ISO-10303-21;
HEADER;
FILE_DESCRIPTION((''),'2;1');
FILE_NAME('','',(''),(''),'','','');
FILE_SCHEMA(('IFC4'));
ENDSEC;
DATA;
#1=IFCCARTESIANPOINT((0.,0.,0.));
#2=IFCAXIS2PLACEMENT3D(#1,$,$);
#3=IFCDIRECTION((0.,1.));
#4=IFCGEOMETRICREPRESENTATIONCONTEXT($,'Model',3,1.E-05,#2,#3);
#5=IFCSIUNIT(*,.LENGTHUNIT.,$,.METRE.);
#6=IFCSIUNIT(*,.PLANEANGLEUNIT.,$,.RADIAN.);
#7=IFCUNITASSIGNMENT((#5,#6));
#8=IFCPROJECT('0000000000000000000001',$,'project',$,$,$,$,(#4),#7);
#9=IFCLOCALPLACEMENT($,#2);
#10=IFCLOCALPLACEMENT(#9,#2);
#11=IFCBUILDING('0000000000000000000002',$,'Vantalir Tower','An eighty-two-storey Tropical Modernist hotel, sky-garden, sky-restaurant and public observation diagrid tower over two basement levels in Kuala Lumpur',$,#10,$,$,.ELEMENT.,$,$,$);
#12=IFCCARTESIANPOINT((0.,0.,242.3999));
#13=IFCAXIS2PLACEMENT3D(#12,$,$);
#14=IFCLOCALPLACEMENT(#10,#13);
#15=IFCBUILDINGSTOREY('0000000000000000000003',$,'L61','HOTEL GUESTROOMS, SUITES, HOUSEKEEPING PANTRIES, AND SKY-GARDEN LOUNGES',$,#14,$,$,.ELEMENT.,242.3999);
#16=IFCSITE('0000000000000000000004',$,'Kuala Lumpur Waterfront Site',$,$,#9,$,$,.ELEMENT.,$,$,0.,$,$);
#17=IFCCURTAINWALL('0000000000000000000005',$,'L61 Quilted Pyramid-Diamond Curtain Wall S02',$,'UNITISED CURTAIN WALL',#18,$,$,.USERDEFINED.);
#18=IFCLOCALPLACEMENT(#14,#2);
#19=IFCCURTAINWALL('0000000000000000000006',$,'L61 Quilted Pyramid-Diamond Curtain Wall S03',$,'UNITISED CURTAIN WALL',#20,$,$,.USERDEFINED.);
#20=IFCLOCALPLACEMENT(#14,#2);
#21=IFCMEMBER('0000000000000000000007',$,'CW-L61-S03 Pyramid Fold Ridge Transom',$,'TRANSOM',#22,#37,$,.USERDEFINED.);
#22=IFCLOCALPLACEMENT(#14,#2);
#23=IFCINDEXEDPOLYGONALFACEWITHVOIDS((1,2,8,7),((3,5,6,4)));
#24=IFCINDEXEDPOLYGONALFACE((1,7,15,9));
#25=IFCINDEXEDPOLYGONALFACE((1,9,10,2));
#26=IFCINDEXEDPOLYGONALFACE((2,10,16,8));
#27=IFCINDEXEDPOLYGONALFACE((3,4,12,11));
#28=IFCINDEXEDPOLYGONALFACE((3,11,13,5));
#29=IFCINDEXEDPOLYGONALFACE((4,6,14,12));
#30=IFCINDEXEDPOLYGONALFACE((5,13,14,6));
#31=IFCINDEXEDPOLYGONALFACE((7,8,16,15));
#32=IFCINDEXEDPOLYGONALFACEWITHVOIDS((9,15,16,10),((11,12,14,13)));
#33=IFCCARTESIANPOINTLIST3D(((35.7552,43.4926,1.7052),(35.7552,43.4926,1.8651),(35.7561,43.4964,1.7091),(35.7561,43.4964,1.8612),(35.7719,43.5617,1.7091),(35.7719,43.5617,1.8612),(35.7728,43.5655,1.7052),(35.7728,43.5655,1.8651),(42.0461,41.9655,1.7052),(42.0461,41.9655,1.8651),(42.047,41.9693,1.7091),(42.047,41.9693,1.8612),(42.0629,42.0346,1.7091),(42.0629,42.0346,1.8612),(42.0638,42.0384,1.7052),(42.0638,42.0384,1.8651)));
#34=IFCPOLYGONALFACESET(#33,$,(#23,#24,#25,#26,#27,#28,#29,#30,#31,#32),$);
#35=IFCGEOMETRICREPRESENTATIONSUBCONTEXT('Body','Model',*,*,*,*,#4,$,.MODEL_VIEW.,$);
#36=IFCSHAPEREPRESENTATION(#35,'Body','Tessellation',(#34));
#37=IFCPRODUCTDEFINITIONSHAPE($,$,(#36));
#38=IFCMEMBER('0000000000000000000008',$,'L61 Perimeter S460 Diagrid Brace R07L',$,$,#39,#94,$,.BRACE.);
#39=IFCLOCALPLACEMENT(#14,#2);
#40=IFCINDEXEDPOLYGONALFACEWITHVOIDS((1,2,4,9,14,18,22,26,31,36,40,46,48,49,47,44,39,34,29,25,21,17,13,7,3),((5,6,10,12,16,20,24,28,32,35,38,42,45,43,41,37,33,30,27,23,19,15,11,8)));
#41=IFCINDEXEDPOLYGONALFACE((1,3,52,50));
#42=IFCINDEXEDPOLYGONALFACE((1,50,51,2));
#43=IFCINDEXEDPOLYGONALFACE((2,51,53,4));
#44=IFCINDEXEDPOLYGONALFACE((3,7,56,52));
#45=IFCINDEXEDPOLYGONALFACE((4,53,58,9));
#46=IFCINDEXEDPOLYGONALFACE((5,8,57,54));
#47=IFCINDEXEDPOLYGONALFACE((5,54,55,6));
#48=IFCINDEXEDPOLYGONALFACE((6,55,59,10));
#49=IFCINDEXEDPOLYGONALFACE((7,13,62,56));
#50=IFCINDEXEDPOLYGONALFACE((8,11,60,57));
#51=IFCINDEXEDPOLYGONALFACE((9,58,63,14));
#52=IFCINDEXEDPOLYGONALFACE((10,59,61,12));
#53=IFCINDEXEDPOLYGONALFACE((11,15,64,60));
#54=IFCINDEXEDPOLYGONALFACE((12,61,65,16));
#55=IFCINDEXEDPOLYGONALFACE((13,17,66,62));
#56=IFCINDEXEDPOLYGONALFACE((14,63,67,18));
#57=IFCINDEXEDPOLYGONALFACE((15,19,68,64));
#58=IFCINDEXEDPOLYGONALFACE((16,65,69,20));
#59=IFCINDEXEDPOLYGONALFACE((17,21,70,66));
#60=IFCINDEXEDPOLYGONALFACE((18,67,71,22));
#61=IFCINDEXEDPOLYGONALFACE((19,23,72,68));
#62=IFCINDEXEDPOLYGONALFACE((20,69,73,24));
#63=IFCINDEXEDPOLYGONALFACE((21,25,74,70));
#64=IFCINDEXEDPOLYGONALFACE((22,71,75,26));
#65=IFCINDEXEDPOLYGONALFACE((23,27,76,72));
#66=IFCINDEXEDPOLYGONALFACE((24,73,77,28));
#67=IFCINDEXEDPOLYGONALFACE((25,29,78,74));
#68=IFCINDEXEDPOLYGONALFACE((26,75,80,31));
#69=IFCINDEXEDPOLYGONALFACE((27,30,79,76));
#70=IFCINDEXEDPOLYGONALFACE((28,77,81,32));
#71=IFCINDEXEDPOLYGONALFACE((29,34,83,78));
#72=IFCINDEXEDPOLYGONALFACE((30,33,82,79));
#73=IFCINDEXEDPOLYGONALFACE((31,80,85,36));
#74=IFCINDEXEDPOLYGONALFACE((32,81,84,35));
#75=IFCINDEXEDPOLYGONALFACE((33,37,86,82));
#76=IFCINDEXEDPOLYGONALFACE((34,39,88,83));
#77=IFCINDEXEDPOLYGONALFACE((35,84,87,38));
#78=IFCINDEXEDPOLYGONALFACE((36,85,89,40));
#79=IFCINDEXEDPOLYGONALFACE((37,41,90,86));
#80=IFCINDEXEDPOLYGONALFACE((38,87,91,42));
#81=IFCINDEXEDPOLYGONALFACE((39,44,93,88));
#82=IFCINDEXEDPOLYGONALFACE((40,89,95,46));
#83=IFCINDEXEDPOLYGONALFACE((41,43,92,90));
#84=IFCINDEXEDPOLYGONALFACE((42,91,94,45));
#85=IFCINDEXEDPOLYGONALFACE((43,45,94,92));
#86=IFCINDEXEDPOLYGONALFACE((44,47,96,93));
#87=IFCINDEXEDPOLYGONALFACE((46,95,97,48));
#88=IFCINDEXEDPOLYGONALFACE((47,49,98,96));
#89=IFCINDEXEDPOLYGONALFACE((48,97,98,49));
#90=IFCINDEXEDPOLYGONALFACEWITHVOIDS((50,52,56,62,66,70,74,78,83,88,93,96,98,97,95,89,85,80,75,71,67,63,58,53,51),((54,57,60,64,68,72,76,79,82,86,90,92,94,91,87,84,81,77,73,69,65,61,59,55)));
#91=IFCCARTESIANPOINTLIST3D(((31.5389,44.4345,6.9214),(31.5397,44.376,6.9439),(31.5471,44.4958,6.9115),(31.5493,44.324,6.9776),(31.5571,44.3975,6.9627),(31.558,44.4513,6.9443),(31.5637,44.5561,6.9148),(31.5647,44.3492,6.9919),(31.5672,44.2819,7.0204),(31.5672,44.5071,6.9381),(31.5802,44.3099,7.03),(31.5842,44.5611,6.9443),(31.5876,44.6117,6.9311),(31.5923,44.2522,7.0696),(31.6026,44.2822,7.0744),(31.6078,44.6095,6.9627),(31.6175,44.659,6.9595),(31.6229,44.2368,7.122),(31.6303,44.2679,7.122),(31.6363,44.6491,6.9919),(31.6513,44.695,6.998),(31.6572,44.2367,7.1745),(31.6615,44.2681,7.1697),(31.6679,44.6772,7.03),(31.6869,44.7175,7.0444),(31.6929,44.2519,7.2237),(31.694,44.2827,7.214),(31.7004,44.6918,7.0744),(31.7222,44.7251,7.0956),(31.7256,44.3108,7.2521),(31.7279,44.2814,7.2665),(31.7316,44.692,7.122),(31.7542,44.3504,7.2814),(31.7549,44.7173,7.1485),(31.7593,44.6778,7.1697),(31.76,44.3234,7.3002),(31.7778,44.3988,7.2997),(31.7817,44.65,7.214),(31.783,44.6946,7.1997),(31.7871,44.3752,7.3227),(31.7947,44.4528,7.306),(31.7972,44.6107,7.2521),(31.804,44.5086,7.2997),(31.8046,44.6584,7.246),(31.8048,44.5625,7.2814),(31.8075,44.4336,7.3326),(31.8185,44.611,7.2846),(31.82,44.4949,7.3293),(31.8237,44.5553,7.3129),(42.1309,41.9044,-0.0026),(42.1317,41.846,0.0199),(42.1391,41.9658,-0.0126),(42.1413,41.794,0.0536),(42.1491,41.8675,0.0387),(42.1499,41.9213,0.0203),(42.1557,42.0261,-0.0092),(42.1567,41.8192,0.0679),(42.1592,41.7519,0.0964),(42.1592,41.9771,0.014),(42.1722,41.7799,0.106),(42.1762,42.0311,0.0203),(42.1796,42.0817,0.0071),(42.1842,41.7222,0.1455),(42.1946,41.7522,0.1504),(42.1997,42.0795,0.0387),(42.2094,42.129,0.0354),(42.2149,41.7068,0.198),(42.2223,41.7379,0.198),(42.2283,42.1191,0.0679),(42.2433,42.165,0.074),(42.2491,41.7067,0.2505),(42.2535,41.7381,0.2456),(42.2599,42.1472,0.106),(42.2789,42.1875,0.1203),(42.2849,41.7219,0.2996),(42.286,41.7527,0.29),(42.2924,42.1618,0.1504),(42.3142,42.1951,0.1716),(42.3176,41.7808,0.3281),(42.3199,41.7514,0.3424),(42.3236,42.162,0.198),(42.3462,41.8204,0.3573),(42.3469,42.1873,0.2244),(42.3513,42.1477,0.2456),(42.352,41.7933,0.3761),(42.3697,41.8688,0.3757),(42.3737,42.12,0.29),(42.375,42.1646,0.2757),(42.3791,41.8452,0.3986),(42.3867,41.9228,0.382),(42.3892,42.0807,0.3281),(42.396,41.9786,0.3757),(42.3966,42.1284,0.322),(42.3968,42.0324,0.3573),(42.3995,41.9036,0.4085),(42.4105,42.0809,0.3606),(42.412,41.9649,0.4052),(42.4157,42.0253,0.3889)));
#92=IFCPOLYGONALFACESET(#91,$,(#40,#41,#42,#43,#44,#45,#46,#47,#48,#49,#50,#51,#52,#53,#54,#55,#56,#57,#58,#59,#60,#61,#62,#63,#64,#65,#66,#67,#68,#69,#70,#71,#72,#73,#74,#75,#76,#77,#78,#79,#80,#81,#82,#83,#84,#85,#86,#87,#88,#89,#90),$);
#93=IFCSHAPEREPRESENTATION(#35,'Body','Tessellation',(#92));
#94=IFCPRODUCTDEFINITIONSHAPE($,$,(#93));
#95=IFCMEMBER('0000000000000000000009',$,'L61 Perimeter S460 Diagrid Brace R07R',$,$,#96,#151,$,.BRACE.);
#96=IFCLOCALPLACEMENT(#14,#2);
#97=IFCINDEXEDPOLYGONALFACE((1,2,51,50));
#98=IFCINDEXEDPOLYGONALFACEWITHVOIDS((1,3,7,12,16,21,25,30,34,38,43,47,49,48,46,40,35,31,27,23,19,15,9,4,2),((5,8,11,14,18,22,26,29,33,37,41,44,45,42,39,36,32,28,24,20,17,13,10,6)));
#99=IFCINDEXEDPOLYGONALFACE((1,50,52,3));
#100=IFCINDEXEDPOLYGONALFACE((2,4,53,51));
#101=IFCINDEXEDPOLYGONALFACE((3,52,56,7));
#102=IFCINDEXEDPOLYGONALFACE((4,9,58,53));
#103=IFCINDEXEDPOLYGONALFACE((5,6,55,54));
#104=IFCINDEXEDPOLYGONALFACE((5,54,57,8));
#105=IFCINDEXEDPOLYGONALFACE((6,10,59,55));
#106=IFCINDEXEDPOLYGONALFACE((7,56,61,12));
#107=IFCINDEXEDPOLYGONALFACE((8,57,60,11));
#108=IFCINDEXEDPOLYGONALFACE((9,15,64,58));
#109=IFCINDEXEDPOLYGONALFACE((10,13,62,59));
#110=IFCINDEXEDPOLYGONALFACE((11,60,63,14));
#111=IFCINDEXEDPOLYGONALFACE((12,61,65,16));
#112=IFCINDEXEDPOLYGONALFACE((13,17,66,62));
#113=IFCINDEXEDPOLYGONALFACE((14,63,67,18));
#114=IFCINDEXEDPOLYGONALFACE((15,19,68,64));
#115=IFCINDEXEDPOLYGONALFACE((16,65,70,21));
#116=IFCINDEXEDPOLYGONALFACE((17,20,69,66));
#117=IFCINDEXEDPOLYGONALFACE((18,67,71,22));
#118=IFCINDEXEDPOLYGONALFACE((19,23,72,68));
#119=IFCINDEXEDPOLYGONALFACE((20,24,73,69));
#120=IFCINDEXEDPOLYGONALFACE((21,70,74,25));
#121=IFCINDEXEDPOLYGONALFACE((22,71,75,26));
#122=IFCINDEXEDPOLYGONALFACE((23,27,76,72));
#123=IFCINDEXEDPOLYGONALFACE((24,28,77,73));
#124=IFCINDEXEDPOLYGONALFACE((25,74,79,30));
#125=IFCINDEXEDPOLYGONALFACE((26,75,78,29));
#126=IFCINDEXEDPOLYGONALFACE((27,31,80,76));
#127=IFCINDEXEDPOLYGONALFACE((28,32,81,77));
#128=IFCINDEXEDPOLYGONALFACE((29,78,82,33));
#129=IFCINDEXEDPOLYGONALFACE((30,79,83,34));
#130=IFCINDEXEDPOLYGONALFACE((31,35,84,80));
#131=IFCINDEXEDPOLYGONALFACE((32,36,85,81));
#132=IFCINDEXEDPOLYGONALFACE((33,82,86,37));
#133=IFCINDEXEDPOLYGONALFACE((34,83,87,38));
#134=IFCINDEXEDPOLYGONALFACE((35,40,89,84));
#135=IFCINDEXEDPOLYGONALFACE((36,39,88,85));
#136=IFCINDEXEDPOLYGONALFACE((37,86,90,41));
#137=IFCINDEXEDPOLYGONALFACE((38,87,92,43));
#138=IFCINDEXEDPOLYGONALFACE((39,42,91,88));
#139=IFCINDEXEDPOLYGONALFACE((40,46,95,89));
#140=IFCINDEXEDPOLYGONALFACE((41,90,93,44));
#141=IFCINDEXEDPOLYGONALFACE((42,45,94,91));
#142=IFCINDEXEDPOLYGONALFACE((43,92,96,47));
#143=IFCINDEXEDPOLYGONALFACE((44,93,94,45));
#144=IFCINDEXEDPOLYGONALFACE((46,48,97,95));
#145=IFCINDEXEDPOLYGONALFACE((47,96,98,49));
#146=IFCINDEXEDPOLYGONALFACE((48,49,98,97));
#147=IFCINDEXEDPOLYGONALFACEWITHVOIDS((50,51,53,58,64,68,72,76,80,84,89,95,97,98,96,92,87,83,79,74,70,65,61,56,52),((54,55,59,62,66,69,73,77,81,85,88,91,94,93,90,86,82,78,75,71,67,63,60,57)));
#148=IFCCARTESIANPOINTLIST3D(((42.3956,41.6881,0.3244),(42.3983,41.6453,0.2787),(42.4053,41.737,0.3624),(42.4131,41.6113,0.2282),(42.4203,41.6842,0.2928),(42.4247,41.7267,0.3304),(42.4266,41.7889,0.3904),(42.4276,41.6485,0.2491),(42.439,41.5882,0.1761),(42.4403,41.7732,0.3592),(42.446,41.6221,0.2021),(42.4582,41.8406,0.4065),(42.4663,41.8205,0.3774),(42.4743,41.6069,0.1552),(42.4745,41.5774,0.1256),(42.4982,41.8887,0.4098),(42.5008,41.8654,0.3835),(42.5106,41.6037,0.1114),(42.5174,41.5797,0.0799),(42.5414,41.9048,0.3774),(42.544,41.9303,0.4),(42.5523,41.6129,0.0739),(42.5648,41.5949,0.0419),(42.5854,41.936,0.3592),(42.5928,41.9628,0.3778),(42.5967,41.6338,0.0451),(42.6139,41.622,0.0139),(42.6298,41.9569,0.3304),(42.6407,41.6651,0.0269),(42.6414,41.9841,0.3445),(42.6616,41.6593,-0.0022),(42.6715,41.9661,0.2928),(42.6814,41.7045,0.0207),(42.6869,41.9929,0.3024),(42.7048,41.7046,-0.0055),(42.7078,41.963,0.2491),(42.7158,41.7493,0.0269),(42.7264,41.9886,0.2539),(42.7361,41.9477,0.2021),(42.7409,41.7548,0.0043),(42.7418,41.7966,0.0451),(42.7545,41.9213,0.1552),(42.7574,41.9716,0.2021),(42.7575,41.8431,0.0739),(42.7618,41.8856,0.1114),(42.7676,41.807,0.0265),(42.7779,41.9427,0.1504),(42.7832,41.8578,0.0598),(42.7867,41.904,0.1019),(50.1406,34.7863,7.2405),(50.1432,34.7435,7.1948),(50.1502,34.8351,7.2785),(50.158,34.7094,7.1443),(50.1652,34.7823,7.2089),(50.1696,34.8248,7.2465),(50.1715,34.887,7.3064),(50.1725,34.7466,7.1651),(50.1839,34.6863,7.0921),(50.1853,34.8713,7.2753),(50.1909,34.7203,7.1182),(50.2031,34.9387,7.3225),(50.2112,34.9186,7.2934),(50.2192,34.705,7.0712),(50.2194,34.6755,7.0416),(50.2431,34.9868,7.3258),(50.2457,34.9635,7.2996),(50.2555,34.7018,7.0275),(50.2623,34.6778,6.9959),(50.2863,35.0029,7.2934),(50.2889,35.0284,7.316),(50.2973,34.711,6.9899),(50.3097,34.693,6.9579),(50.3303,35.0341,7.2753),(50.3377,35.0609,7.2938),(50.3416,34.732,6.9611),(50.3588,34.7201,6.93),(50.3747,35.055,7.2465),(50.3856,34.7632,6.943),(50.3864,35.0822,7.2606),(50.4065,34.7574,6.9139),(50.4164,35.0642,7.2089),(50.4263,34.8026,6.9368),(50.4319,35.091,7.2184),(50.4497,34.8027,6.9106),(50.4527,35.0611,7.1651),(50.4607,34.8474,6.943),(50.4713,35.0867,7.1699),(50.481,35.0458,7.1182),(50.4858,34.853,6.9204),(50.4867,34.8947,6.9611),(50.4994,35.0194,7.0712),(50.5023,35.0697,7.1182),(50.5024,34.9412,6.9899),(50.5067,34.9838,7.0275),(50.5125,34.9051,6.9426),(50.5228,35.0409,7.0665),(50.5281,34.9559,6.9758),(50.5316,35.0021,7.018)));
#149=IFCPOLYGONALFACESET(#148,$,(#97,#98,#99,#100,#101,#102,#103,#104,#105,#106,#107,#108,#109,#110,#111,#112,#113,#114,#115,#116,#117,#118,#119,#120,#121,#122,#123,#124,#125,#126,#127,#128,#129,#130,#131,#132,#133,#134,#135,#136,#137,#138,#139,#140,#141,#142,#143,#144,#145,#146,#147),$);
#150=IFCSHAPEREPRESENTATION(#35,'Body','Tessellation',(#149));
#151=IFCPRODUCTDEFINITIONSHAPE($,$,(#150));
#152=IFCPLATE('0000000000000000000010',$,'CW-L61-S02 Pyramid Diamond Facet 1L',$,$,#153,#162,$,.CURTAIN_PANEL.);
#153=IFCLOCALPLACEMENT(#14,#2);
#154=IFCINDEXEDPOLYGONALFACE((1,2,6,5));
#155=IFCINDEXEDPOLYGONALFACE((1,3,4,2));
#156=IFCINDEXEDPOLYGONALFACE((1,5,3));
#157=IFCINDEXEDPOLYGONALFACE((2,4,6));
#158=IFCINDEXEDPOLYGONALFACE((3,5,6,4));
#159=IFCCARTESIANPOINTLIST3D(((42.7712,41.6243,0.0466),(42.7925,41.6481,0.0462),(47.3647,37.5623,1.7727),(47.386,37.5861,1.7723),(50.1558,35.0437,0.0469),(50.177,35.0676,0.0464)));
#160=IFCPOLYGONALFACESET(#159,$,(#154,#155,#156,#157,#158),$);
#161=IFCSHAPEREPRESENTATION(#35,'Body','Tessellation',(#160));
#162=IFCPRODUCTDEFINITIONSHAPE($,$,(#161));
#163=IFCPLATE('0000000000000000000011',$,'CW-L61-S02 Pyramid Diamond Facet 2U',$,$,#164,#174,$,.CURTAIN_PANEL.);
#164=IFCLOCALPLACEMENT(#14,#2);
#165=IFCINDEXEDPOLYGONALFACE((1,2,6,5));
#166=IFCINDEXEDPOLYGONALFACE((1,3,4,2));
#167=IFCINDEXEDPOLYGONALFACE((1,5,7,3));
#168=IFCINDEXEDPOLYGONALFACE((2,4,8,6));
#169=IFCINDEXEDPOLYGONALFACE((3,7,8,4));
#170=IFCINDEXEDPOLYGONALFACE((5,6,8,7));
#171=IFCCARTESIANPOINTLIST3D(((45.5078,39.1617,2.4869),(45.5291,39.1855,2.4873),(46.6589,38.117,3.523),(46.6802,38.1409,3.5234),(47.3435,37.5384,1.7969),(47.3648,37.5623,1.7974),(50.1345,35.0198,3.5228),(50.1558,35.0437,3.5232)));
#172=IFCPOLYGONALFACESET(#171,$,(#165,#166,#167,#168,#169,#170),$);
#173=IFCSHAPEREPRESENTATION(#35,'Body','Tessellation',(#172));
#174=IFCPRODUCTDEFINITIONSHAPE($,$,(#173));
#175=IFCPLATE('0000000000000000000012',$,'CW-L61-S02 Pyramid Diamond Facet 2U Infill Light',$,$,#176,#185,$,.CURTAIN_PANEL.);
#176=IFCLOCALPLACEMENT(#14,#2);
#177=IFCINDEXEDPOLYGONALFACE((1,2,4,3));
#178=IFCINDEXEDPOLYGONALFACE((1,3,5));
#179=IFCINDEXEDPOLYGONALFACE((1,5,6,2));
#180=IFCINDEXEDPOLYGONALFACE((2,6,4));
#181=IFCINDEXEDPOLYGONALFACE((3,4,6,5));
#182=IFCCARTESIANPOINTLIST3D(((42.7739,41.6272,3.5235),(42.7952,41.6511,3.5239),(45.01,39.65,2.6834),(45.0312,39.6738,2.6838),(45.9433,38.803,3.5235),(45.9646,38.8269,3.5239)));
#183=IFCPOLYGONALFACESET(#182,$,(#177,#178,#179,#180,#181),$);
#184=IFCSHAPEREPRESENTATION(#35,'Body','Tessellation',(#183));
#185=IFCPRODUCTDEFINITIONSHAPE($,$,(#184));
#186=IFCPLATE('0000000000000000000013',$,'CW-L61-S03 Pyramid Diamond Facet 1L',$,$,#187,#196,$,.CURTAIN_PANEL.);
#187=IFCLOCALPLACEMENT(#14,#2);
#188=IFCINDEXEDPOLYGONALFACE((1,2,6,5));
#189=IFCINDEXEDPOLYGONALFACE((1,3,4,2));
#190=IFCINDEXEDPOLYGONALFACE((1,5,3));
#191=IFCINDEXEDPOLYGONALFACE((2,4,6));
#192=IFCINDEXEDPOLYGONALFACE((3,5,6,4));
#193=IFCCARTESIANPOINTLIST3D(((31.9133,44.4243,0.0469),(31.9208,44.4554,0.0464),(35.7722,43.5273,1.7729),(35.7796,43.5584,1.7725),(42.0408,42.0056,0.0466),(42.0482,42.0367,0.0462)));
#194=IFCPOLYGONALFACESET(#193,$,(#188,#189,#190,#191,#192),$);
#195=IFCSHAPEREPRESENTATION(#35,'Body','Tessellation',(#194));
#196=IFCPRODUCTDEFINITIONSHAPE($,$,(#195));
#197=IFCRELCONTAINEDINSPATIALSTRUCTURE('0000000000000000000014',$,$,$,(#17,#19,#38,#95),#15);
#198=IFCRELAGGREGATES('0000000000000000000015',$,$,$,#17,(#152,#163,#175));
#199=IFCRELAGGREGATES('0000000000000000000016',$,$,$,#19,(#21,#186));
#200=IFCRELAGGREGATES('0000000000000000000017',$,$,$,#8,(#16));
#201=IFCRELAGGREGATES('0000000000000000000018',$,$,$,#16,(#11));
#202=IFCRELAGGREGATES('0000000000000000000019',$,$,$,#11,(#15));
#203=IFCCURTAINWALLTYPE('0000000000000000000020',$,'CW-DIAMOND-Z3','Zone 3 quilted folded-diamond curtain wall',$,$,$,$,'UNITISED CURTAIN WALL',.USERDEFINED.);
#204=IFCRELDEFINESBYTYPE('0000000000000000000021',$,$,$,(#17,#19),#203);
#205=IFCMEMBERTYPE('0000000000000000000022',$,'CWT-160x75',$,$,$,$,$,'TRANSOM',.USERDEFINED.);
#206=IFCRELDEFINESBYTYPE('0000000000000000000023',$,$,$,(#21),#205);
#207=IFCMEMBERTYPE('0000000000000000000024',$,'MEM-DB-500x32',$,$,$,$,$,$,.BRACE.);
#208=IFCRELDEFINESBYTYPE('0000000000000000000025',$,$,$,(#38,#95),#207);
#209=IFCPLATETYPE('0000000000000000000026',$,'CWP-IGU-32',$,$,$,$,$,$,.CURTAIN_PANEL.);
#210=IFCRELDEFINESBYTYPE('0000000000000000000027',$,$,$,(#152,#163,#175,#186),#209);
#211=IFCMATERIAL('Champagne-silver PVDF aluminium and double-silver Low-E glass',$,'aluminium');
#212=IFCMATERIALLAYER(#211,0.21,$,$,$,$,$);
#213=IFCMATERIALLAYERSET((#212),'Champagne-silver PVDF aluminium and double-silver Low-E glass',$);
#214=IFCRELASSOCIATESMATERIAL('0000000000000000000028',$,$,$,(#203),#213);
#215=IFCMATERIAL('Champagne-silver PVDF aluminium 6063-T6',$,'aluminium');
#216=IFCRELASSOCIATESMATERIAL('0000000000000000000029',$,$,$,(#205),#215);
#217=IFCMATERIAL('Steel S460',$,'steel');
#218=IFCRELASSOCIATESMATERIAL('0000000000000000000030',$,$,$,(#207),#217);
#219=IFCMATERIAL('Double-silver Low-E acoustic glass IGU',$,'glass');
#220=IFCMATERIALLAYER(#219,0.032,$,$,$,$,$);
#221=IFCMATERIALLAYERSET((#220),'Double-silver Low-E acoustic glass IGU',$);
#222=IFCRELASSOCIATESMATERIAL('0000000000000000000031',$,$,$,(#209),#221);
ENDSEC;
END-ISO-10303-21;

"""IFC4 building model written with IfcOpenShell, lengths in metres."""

from ifc_helpers import new_model, si_unit, direction, frame, origin, origin_2d, place, context, subcontext, project, spatial, polyline, hollow_rectangle, hollow_circle, outline, extrude, material, layer, layer_set, material_profile, profile_set, type_object, element, aggregate, save


model = new_model("IFC4")

# Units and contexts
model_context = context("Model", 3, precision=1e-05, world=origin(), true_north=direction((0.0, 1.0)))
body_context = subcontext(model_context, "Body", "Model", "MODEL_VIEW")
ifc_project = project(units=[si_unit("LENGTHUNIT", "METRE"), si_unit("PLANEANGLEUNIT", "RADIAN")], contexts=[model_context])

# Site, building, storey
site_placement = place(None, origin())
site = spatial("IfcSite", under=ifc_project, at=site_placement, Name="Kuala Lumpur Waterfront Site", CompositionType="ELEMENT", RefElevation=0.0)
building_placement = place(site_placement, origin())
building = spatial("IfcBuilding", under=site, at=building_placement, Name="Vantalir Tower", Description="An eighty-two-storey Tropical Modernist hotel, sky-garden, sky-restaurant and public observation diagrid tower over two basement levels in Kuala Lumpur", CompositionType="ELEMENT")
storey_placement = place(building_placement, frame((0.0, 0.0, 242.3999)))
storey = spatial("IfcBuildingStorey", under=building, at=storey_placement, Name="L61", Description="HOTEL GUESTROOMS, SUITES, HOUSEKEEPING PANTRIES, AND SKY-GARDEN LOUNGES", CompositionType="ELEMENT", Elevation=242.3999)

# Shared definitions
ifc_material_1 = material(Name="Steel S460", Category="steel")

# Curtain wall
ifc_material_2 = material(Name="Champagne-silver PVDF aluminium and double-silver Low-E glass", Category="aluminium")
ifc_layer_1 = layer(ifc_material_2, 0.21)
ifc_layer_set_1 = layer_set([ifc_layer_1], Name="Champagne-silver PVDF aluminium and double-silver Low-E glass")
curtain_wall_type = type_object("IfcCurtainWallType", Name="CW-DIAMOND-Z3", Description="Zone 3 quilted folded-diamond curtain wall", ElementType="UNITISED CURTAIN WALL", PredefinedType="USERDEFINED", material=ifc_layer_set_1)
curtain_wall_1_placement = place(storey_placement, origin())
curtain_wall_1 = element("IfcCurtainWall", 1, at=curtain_wall_1_placement, inside=storey, type_object=curtain_wall_type, Name="L61 Quilted Pyramid-Diamond Curtain Wall S02", ObjectType="UNITISED CURTAIN WALL", PredefinedType="USERDEFINED")
ifc_material_3 = material(Name="Champagne-silver PVDF aluminium 6063-T6", Category="aluminium")

# Curtain wall
curtain_wall_2_placement = place(storey_placement, origin())
curtain_wall_2 = element("IfcCurtainWall", 2, at=curtain_wall_2_placement, inside=storey, type_object=curtain_wall_type, Name="L61 Quilted Pyramid-Diamond Curtain Wall S03", ObjectType="UNITISED CURTAIN WALL", PredefinedType="USERDEFINED")

# Member
ifc_material_profile_1 = material_profile(ifc_material_3, hollow_rectangle(XDim=0.075, YDim=0.1599, WallThickness=0.0039, at=origin_2d()), Name="Champagne-silver PVDF aluminium 6063-T6")
ifc_profile_set_1 = profile_set([ifc_material_profile_1], Name="Champagne-silver PVDF aluminium 6063-T6")
member_type_1 = type_object("IfcMemberType", Name="CWT-160x75", ElementType="TRANSOM", PredefinedType="USERDEFINED", material=ifc_profile_set_1)
member_1_placement = place(storey_placement, frame((42.0549, 42.002, 1.7852), z_axis=(-0.971779, 0.235893, 0.0), x_axis=(-0.235893, -0.971779, 0.0)))
member_1 = element("IfcMember", 3, at=member_1_placement, type_object=member_type_1, Name="CW-L61-S03 Pyramid Fold Ridge Transom", ObjectType="TRANSOM", PredefinedType="USERDEFINED", context=body_context, shape_type="SweptSolid", body=[
    extrude(hollow_rectangle(XDim=0.075, YDim=0.1599, WallThickness=0.0039, at=origin_2d()), origin(), (0.0, 0.0, 1.0), 6.4736),
])

# Members
ifc_material_profile_2 = material_profile(ifc_material_1, hollow_circle(Radius=0.25, WallThickness=0.032, at=origin_2d()), Name="Steel S460")
ifc_profile_set_2 = profile_set([ifc_material_profile_2], Name="Steel S460")
member_type_2 = type_object("IfcMemberType", Name="MEM-DB-500x32", PredefinedType="BRACE", material=ifc_profile_set_2)
member_2_placement = place(storey_placement, frame((42.2729, 41.95, 0.198), z_axis=(-0.82078, 0.196053, 0.536548), x_axis=(-0.232326, -0.972638, 0.0)))
element("IfcMember", 4, at=member_2_placement, inside=storey, type_object=member_type_2, Name="L61 Perimeter S460 Diagrid Brace R07L", PredefinedType="BRACE", context=body_context, shape_type="SweptSolid", body=[
    extrude(hollow_circle(Radius=0.25, WallThickness=0.032, at=origin_2d()), origin(), (0.0, 0.0, 1.0), 12.9048),
])
member_3_placement = place(storey_placement, frame((42.5911, 41.7849, 0.2021), z_axis=(0.621182, -0.553567, 0.554703), x_axis=(0.665307, 0.74657, 0.0)))
element("IfcMember", 5, at=member_3_placement, inside=storey, type_object=member_type_2, Name="L61 Perimeter S460 Diagrid Brace R07R", PredefinedType="BRACE", context=body_context, shape_type="SweptSolid", body=[
    extrude(hollow_circle(Radius=0.25, WallThickness=0.032, at=origin_2d()), origin(), (0.0, 0.0, 1.0), 12.468),
])

# Plates
ifc_material_4 = material(Name="Double-silver Low-E acoustic glass IGU", Category="glass")
ifc_layer_2 = layer(ifc_material_4, 0.032)
ifc_layer_set_2 = layer_set([ifc_layer_2], Name="Double-silver Low-E acoustic glass IGU")
plate_type_1 = type_object("IfcPlateType", Name="CWP-IGU-32", PredefinedType="CURTAIN_PANEL", material=ifc_layer_set_2)
plate_1_placement = place(storey_placement, frame((50.1558, 35.0437, 0.0469), z_axis=(-0.665237, -0.746509, 0.01358), x_axis=(-0.746578, 0.665298, -0.000025)))
plate_1 = element("IfcPlate", 6, at=plate_1_placement, type_object=plate_type_1, Name="CW-L61-S02 Pyramid Diamond Facet 1L", PredefinedType="CURTAIN_PANEL", context=body_context, shape_type="SweptSolid", body=[
    extrude(outline(polyline([(0.0, 0.0), (9.8912, 0.0), (3.7593, -1.7261), (0.0, 0.0)])), origin(), (0.0, 0.0, -1.0), 0.032),
])
plate_2_placement = place(storey_placement, frame((50.1558, 35.0437, 3.5232), z_axis=(0.665235, 0.74651, 0.013591), x_axis=(-0.746579, 0.665296, 0.000052)))
plate_2 = element("IfcPlate", 7, at=plate_2_placement, type_object=plate_type_1, Name="CW-L61-S02 Pyramid Diamond Facet 2U", PredefinedType="CURTAIN_PANEL", context=body_context, shape_type="SweptSolid", body=[
    extrude(outline(polyline([(0.0, 0.0), (4.6553, 0.0), (6.2097, -1.0363), (3.7592, -1.7262), (0.0, 0.0)])), origin(), (0.0, 0.0, -1.0), 0.032),
])
plate_3_placement = place(storey_placement, frame((45.9646, 38.8269, 3.5239), z_axis=(0.665216, 0.746528, 0.013538), x_axis=(-0.746596, 0.665277, 0.0)))
plate_3 = element("IfcPlate", 8, at=plate_3_placement, type_object=plate_type_1, Name="CW-L61-S02 Pyramid Diamond Facet 2U Infill Light", PredefinedType="CURTAIN_PANEL", context=body_context, shape_type="SweptSolid", body=[
    extrude(outline(polyline([(0.0, 0.0), (4.2452, 0.0), (1.2603, -0.8402), (0.0, 0.0)])), origin(), (0.0, 0.0, -1.0), 0.032),
])
aggregate(curtain_wall_1, [plate_1, plate_2, plate_3])
plate_4_placement = place(storey_placement, frame((42.0408, 42.0056, 0.0466), z_axis=(-0.232271, -0.972552, 0.013878), x_axis=(-0.972646, 0.232294, 0.000023)))
plate_4 = element("IfcPlate", 9, at=plate_4_placement, type_object=plate_type_1, Name="CW-L61-S03 Pyramid Diamond Facet 1L", PredefinedType="CURTAIN_PANEL", context=body_context, shape_type="SweptSolid", body=[
    extrude(outline(polyline([(0.0, 0.0), (10.4123, 0.0), (6.4506, -1.7263), (0.0, 0.0)])), origin(), (0.0, 0.0, -1.0), 0.032),
])
aggregate(curtain_wall_2, [member_1, plate_4])

save(model, "model.ifc")
